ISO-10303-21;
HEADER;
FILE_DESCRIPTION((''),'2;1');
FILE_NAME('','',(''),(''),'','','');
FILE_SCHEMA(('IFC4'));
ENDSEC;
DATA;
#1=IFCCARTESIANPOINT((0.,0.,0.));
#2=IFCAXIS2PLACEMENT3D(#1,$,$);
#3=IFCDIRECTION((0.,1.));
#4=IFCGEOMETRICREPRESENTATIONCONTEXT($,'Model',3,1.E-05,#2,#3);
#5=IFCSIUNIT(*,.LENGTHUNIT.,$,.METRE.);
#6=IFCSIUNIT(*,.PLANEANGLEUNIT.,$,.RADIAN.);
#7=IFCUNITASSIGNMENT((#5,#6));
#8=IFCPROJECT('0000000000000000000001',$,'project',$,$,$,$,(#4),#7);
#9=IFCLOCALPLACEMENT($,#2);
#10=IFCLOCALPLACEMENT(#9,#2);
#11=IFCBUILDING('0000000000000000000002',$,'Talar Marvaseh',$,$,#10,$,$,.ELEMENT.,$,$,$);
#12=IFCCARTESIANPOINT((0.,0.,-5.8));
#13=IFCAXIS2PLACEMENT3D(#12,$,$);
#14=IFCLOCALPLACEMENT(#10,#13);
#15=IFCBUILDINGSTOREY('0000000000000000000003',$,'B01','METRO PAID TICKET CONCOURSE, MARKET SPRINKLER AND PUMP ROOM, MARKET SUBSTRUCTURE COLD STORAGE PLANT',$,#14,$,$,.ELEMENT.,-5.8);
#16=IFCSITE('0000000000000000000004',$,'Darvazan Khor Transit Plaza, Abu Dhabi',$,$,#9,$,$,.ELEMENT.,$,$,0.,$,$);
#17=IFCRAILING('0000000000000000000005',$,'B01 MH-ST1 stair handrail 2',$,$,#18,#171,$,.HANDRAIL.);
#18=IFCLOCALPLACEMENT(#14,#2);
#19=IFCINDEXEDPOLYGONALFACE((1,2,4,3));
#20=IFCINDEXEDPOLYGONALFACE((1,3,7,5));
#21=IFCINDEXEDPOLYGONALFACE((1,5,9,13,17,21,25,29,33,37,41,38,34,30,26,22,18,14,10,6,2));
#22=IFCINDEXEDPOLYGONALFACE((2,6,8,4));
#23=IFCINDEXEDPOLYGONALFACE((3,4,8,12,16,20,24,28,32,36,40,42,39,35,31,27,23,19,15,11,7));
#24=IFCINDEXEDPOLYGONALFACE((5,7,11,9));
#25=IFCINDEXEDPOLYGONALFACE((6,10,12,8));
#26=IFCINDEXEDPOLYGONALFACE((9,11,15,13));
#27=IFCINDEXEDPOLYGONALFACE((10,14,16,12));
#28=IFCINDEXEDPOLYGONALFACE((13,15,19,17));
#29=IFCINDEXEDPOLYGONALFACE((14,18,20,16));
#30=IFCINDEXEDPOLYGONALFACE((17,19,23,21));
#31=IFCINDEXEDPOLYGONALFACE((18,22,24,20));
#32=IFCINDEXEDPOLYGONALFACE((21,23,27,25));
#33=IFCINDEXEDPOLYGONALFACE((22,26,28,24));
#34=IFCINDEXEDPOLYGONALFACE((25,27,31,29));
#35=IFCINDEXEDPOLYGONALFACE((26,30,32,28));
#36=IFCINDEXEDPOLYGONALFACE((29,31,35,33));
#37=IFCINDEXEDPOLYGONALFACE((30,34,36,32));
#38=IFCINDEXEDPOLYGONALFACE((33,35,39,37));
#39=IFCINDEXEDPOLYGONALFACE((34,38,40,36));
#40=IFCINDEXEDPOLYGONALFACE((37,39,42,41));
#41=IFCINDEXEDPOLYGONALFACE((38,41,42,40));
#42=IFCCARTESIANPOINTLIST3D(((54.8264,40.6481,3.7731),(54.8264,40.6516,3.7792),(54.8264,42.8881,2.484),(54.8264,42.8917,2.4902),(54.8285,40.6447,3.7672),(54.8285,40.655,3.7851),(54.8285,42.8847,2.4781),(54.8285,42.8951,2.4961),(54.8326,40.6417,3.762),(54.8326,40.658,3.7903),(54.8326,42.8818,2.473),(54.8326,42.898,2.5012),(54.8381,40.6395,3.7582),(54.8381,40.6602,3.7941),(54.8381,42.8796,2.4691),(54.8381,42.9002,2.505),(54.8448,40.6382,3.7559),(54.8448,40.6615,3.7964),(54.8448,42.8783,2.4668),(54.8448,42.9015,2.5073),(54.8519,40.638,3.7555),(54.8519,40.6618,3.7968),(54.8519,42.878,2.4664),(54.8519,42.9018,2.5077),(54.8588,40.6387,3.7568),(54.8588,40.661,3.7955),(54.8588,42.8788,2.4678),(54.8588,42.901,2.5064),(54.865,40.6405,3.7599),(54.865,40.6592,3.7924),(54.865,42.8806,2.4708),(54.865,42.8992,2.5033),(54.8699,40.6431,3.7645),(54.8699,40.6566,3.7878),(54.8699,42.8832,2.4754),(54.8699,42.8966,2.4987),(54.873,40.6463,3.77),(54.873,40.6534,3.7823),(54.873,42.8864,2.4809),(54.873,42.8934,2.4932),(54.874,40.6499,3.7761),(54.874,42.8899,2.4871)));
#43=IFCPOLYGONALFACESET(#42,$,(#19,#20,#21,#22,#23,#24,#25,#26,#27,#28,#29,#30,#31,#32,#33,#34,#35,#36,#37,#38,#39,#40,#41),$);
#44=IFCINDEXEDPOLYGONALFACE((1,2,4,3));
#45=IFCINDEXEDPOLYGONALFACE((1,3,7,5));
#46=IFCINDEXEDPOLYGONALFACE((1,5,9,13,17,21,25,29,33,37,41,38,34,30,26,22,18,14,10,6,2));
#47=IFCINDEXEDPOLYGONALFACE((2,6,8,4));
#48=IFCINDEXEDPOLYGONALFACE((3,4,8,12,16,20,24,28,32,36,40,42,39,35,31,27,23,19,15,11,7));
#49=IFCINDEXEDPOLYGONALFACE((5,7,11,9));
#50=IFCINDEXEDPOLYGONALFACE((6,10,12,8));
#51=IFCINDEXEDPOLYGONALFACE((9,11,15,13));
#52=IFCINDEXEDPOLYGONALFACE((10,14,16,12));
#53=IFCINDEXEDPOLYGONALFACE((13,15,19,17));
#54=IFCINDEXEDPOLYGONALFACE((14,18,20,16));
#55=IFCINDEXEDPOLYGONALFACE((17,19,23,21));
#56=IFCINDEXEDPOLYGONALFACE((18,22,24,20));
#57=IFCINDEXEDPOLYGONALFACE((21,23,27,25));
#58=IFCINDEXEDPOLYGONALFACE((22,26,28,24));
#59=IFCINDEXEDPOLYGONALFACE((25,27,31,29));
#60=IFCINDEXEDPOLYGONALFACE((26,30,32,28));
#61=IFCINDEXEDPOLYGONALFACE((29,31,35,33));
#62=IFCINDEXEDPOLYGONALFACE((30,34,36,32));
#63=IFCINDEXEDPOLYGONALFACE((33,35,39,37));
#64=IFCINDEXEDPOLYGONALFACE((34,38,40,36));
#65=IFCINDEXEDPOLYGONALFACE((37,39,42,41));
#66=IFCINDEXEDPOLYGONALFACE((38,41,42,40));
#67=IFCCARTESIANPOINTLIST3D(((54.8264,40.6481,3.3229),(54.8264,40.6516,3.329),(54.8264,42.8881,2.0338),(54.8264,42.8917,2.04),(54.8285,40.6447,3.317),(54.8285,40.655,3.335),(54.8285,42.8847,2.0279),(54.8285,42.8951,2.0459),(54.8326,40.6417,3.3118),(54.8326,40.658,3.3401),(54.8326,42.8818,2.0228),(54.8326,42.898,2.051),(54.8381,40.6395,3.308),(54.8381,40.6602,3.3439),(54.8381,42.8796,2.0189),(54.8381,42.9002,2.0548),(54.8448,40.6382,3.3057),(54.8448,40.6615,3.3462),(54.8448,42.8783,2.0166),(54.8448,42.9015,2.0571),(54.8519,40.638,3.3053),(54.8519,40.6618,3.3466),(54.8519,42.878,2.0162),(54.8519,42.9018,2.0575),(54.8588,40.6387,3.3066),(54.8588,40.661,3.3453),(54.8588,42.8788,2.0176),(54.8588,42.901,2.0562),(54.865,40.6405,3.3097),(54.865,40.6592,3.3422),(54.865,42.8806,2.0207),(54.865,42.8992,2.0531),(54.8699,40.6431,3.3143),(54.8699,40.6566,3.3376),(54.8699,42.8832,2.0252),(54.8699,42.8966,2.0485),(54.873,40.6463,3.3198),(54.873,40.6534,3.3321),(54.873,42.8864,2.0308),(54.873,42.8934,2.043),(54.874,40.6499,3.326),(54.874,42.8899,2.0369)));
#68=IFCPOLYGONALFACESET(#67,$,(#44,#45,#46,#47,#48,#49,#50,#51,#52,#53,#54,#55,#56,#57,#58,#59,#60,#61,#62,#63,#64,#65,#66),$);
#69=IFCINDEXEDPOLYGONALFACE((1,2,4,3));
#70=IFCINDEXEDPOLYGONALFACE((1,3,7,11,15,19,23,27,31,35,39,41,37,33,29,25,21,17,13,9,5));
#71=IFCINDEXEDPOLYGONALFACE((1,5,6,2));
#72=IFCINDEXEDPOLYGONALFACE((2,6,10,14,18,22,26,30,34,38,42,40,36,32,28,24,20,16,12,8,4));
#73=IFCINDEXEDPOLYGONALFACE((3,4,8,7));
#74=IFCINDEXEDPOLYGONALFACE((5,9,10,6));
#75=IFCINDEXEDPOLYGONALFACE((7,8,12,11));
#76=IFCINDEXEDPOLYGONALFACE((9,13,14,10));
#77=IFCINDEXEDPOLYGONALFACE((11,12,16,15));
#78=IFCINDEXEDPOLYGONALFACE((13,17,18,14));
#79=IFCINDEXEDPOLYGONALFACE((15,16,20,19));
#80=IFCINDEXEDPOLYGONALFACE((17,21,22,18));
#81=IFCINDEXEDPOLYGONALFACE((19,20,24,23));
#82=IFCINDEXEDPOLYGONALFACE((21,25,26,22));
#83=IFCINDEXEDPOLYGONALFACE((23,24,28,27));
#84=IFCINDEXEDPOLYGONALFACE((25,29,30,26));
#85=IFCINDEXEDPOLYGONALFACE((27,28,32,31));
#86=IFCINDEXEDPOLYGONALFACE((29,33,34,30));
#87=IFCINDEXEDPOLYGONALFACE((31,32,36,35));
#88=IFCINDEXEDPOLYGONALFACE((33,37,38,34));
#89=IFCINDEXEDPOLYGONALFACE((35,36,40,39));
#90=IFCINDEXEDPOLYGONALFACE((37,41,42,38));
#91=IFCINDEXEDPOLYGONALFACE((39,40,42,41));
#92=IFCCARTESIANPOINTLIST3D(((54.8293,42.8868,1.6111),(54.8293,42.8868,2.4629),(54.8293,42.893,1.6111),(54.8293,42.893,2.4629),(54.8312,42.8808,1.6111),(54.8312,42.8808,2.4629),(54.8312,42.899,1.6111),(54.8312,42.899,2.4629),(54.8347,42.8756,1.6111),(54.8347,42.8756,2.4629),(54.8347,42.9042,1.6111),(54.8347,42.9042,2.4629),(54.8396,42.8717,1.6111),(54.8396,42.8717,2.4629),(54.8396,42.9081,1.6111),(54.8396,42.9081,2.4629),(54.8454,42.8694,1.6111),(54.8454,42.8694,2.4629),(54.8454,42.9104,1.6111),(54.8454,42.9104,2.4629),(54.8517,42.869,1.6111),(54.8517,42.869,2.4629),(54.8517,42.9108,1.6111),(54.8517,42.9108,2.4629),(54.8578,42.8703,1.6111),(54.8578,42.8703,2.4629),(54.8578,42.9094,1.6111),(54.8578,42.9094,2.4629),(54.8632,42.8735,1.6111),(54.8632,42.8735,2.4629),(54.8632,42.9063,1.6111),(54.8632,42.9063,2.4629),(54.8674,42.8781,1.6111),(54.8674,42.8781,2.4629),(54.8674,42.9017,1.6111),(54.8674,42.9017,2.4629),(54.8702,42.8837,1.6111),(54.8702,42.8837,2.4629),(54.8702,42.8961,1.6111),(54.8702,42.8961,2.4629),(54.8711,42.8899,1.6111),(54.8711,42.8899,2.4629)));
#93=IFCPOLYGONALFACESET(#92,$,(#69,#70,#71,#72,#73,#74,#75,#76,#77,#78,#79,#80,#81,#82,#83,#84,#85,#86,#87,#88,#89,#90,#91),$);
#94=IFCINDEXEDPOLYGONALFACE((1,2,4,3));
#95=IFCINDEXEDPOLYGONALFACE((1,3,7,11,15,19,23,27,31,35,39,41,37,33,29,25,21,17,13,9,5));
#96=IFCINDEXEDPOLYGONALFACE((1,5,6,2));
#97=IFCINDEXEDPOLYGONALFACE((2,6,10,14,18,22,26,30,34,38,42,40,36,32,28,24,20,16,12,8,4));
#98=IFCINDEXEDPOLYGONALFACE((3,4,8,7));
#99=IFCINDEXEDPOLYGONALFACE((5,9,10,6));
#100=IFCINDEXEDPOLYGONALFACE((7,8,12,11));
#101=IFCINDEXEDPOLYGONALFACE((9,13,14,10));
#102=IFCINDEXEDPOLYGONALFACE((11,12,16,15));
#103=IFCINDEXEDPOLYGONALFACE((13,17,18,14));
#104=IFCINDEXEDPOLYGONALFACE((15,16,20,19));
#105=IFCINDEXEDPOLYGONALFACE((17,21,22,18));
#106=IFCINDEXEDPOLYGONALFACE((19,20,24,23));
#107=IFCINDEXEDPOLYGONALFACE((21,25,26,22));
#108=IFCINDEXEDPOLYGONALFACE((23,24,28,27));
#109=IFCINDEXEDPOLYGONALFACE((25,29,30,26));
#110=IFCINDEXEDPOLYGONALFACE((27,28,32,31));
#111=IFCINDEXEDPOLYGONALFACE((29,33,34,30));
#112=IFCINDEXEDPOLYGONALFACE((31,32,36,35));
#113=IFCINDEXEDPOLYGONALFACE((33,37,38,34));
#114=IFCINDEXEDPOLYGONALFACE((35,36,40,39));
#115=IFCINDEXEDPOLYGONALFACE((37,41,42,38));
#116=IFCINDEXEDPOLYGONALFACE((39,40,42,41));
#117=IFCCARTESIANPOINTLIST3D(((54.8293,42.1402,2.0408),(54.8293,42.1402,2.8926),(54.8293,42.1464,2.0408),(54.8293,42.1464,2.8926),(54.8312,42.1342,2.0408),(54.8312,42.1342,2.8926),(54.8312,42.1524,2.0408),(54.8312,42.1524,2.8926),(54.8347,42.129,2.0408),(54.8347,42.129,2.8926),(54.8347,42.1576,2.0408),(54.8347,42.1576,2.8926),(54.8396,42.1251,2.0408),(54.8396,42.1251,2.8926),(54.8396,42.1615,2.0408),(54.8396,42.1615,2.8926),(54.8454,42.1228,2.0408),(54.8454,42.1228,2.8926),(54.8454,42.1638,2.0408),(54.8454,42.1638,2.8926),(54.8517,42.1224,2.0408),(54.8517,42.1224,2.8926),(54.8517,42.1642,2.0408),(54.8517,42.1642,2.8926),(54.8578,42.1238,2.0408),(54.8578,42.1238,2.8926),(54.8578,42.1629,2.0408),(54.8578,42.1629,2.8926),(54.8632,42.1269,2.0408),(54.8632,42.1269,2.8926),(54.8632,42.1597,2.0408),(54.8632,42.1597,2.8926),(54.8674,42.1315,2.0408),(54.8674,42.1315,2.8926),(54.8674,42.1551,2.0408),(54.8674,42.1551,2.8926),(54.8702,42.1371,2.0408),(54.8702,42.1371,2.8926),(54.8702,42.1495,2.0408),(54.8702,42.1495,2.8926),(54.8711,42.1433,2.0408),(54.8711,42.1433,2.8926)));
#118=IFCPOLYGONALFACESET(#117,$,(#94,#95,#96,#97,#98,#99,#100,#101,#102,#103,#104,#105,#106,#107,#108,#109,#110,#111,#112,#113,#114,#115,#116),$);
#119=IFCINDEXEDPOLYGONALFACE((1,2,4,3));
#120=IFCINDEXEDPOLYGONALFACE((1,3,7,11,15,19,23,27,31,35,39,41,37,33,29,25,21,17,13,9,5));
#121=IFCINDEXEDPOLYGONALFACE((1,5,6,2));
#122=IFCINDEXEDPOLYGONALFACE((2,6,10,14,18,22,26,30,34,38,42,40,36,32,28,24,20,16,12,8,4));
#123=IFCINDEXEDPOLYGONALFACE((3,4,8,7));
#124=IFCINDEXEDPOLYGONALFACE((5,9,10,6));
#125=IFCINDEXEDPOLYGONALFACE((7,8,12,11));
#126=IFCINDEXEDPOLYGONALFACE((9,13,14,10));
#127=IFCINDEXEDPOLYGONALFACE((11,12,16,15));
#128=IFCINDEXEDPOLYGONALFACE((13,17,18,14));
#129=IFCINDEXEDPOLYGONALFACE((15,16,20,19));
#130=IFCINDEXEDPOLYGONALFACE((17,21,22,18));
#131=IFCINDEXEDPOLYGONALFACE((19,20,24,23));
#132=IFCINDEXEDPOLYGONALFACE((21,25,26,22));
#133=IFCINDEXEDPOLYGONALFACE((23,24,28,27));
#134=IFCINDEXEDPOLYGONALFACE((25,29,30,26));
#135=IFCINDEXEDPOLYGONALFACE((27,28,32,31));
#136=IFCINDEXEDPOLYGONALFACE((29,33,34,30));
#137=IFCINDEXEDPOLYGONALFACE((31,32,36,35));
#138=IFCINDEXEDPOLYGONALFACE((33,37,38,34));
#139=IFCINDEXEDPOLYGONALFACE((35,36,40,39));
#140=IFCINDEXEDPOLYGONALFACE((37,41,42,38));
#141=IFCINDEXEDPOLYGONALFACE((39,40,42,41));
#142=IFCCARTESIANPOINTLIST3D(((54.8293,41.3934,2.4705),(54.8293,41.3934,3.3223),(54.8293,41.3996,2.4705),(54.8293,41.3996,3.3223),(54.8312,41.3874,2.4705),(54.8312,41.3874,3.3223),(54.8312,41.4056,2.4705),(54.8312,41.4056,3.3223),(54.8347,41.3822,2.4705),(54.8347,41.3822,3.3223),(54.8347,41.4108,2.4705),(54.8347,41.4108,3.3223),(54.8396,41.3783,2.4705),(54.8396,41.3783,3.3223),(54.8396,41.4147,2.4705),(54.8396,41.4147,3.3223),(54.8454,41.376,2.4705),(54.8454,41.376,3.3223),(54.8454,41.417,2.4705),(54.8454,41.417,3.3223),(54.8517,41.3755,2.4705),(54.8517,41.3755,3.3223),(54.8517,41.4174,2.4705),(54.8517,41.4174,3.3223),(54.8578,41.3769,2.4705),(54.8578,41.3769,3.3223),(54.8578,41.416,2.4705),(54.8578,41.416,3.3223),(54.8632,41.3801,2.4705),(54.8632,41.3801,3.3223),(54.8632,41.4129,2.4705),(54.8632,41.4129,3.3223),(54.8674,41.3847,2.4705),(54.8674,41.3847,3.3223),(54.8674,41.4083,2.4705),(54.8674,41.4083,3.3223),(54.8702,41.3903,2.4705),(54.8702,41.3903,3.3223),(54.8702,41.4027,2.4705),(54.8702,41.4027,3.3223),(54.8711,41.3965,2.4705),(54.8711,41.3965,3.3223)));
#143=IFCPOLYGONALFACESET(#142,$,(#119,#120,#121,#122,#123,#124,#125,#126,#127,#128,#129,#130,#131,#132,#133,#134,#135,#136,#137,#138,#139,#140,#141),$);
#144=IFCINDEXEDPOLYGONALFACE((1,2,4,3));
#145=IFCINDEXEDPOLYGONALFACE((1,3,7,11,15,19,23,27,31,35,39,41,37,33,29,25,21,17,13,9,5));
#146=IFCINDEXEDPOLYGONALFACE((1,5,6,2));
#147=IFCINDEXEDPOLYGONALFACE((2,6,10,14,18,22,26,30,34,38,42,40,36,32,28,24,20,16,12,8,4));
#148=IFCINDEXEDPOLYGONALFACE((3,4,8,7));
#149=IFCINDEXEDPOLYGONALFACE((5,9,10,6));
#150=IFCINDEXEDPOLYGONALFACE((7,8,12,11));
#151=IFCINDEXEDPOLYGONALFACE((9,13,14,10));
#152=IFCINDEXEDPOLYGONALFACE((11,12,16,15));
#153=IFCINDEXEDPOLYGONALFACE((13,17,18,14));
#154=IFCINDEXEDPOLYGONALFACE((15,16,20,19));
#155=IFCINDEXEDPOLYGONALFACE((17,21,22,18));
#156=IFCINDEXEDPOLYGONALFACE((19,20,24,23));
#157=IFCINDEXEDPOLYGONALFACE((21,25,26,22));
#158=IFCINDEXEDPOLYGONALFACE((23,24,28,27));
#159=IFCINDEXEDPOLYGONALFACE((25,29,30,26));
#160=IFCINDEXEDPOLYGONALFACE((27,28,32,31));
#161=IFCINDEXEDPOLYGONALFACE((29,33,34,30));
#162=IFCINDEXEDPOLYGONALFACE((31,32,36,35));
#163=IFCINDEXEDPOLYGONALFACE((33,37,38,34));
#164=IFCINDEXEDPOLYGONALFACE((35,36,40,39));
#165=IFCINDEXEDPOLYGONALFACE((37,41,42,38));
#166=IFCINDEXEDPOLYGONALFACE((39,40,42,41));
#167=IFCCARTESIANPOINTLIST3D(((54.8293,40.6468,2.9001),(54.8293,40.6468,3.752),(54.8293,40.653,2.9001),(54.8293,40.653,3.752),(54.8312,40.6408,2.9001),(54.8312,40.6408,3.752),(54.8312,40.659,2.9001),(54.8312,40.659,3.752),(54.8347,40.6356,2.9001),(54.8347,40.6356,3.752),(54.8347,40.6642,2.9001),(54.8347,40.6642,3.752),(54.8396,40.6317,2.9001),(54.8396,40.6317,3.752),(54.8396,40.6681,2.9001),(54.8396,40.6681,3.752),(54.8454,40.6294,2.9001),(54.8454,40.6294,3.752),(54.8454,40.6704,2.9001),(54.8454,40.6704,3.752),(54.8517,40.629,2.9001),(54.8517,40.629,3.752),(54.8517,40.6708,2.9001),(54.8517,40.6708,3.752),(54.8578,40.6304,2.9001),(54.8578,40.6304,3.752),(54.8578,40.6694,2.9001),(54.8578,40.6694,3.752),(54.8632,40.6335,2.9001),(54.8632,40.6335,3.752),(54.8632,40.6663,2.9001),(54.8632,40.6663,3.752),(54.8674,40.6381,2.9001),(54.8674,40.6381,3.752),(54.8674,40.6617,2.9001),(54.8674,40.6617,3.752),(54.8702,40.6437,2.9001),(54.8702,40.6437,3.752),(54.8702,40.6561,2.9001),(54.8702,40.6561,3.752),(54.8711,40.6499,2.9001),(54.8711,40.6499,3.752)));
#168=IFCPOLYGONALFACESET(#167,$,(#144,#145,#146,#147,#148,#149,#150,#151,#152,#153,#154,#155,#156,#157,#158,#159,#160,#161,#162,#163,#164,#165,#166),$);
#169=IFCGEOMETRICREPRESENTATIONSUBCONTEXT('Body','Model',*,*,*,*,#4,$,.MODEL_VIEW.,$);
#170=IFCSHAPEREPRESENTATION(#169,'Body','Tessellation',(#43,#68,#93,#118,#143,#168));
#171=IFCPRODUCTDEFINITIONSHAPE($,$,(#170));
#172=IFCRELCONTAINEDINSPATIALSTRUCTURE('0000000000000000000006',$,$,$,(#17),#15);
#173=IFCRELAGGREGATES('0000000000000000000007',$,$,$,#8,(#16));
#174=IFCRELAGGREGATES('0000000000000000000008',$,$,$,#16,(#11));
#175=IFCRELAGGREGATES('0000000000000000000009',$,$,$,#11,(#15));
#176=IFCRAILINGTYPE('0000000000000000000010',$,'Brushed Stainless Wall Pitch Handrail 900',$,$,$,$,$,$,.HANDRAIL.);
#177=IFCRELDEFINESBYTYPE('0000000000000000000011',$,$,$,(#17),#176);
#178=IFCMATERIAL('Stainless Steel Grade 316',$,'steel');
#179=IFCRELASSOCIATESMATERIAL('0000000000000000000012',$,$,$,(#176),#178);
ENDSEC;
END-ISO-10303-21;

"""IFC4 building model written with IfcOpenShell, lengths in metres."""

from ifc_helpers import new_model, si_unit, direction, frame, origin, origin_2d, place, context, subcontext, project, spatial, circle, extrude, material, type_object, element, save


model = new_model("IFC4")

# Units and contexts
model_context = context("Model", 3, precision=1e-05, world=origin(), true_north=direction((0.0, 1.0)))
body_context = subcontext(model_context, "Body", "Model", "MODEL_VIEW")
ifc_project = project(units=[si_unit("LENGTHUNIT", "METRE"), si_unit("PLANEANGLEUNIT", "RADIAN")], contexts=[model_context])

# Site, building, storey
site_placement = place(None, origin())
site = spatial("IfcSite", under=ifc_project, at=site_placement, Name="Darvazan Khor Transit Plaza, Abu Dhabi", CompositionType="ELEMENT", RefElevation=0.0)
building_placement = place(site_placement, origin())
building = spatial("IfcBuilding", under=site, at=building_placement, Name="Talar Marvaseh", CompositionType="ELEMENT")
storey_placement = place(building_placement, frame((0.0, 0.0, -5.8)))
storey = spatial("IfcBuildingStorey", under=building, at=storey_placement, Name="B01", Description="METRO PAID TICKET CONCOURSE, MARKET SPRINKLER AND PUMP ROOM, MARKET SUBSTRUCTURE COLD STORAGE PLANT", CompositionType="ELEMENT", Elevation=-5.8)

# Railing
ifc_material_1 = material(Name="Stainless Steel Grade 316", Category="steel")
railing_type_1 = type_object("IfcRailingType", Name="Brushed Stainless Wall Pitch Handrail 900", PredefinedType="HANDRAIL", material=ifc_material_1)
railing_1_placement = place(storey_placement, frame((54.8501, 42.8899, 1.6111)))
element("IfcRailing", 1, at=railing_1_placement, inside=storey, type_object=railing_type_1, Name="B01 MH-ST1 stair handrail 2", PredefinedType="HANDRAIL", context=body_context, shape_type="SweptSolid", body=[
    extrude(circle(Radius=0.0239, at=origin_2d()), frame((0.0, 0.0, 0.876), z_axis=(0.0, -0.866728, 0.498782), x_axis=(1.0, 0.0, 0.0)), (0.0, 0.0, 1.0), 2.5845),
    extrude(circle(Radius=0.0239, at=origin_2d()), frame((0.0, 0.0, 0.4258), z_axis=(0.0, -0.866728, 0.498782), x_axis=(1.0, 0.0, 0.0)), (0.0, 0.0, 1.0), 2.5845),
    extrude(circle(Radius=0.021, at=origin_2d()), origin(), (0.0, 0.0, 1.0), 0.8518),
    extrude(circle(Radius=0.021, at=origin_2d()), frame((0.0, -0.7466, 0.4297)), (0.0, 0.0, 1.0), 0.8518),
    extrude(circle(Radius=0.021, at=origin_2d()), frame((0.0, -1.4934, 0.8594)), (0.0, 0.0, 1.0), 0.8518),
    extrude(circle(Radius=0.021, at=origin_2d()), frame((0.0, -2.24, 1.2891)), (0.0, 0.0, 1.0), 0.8518),
])

save(model, "model.ifc")
